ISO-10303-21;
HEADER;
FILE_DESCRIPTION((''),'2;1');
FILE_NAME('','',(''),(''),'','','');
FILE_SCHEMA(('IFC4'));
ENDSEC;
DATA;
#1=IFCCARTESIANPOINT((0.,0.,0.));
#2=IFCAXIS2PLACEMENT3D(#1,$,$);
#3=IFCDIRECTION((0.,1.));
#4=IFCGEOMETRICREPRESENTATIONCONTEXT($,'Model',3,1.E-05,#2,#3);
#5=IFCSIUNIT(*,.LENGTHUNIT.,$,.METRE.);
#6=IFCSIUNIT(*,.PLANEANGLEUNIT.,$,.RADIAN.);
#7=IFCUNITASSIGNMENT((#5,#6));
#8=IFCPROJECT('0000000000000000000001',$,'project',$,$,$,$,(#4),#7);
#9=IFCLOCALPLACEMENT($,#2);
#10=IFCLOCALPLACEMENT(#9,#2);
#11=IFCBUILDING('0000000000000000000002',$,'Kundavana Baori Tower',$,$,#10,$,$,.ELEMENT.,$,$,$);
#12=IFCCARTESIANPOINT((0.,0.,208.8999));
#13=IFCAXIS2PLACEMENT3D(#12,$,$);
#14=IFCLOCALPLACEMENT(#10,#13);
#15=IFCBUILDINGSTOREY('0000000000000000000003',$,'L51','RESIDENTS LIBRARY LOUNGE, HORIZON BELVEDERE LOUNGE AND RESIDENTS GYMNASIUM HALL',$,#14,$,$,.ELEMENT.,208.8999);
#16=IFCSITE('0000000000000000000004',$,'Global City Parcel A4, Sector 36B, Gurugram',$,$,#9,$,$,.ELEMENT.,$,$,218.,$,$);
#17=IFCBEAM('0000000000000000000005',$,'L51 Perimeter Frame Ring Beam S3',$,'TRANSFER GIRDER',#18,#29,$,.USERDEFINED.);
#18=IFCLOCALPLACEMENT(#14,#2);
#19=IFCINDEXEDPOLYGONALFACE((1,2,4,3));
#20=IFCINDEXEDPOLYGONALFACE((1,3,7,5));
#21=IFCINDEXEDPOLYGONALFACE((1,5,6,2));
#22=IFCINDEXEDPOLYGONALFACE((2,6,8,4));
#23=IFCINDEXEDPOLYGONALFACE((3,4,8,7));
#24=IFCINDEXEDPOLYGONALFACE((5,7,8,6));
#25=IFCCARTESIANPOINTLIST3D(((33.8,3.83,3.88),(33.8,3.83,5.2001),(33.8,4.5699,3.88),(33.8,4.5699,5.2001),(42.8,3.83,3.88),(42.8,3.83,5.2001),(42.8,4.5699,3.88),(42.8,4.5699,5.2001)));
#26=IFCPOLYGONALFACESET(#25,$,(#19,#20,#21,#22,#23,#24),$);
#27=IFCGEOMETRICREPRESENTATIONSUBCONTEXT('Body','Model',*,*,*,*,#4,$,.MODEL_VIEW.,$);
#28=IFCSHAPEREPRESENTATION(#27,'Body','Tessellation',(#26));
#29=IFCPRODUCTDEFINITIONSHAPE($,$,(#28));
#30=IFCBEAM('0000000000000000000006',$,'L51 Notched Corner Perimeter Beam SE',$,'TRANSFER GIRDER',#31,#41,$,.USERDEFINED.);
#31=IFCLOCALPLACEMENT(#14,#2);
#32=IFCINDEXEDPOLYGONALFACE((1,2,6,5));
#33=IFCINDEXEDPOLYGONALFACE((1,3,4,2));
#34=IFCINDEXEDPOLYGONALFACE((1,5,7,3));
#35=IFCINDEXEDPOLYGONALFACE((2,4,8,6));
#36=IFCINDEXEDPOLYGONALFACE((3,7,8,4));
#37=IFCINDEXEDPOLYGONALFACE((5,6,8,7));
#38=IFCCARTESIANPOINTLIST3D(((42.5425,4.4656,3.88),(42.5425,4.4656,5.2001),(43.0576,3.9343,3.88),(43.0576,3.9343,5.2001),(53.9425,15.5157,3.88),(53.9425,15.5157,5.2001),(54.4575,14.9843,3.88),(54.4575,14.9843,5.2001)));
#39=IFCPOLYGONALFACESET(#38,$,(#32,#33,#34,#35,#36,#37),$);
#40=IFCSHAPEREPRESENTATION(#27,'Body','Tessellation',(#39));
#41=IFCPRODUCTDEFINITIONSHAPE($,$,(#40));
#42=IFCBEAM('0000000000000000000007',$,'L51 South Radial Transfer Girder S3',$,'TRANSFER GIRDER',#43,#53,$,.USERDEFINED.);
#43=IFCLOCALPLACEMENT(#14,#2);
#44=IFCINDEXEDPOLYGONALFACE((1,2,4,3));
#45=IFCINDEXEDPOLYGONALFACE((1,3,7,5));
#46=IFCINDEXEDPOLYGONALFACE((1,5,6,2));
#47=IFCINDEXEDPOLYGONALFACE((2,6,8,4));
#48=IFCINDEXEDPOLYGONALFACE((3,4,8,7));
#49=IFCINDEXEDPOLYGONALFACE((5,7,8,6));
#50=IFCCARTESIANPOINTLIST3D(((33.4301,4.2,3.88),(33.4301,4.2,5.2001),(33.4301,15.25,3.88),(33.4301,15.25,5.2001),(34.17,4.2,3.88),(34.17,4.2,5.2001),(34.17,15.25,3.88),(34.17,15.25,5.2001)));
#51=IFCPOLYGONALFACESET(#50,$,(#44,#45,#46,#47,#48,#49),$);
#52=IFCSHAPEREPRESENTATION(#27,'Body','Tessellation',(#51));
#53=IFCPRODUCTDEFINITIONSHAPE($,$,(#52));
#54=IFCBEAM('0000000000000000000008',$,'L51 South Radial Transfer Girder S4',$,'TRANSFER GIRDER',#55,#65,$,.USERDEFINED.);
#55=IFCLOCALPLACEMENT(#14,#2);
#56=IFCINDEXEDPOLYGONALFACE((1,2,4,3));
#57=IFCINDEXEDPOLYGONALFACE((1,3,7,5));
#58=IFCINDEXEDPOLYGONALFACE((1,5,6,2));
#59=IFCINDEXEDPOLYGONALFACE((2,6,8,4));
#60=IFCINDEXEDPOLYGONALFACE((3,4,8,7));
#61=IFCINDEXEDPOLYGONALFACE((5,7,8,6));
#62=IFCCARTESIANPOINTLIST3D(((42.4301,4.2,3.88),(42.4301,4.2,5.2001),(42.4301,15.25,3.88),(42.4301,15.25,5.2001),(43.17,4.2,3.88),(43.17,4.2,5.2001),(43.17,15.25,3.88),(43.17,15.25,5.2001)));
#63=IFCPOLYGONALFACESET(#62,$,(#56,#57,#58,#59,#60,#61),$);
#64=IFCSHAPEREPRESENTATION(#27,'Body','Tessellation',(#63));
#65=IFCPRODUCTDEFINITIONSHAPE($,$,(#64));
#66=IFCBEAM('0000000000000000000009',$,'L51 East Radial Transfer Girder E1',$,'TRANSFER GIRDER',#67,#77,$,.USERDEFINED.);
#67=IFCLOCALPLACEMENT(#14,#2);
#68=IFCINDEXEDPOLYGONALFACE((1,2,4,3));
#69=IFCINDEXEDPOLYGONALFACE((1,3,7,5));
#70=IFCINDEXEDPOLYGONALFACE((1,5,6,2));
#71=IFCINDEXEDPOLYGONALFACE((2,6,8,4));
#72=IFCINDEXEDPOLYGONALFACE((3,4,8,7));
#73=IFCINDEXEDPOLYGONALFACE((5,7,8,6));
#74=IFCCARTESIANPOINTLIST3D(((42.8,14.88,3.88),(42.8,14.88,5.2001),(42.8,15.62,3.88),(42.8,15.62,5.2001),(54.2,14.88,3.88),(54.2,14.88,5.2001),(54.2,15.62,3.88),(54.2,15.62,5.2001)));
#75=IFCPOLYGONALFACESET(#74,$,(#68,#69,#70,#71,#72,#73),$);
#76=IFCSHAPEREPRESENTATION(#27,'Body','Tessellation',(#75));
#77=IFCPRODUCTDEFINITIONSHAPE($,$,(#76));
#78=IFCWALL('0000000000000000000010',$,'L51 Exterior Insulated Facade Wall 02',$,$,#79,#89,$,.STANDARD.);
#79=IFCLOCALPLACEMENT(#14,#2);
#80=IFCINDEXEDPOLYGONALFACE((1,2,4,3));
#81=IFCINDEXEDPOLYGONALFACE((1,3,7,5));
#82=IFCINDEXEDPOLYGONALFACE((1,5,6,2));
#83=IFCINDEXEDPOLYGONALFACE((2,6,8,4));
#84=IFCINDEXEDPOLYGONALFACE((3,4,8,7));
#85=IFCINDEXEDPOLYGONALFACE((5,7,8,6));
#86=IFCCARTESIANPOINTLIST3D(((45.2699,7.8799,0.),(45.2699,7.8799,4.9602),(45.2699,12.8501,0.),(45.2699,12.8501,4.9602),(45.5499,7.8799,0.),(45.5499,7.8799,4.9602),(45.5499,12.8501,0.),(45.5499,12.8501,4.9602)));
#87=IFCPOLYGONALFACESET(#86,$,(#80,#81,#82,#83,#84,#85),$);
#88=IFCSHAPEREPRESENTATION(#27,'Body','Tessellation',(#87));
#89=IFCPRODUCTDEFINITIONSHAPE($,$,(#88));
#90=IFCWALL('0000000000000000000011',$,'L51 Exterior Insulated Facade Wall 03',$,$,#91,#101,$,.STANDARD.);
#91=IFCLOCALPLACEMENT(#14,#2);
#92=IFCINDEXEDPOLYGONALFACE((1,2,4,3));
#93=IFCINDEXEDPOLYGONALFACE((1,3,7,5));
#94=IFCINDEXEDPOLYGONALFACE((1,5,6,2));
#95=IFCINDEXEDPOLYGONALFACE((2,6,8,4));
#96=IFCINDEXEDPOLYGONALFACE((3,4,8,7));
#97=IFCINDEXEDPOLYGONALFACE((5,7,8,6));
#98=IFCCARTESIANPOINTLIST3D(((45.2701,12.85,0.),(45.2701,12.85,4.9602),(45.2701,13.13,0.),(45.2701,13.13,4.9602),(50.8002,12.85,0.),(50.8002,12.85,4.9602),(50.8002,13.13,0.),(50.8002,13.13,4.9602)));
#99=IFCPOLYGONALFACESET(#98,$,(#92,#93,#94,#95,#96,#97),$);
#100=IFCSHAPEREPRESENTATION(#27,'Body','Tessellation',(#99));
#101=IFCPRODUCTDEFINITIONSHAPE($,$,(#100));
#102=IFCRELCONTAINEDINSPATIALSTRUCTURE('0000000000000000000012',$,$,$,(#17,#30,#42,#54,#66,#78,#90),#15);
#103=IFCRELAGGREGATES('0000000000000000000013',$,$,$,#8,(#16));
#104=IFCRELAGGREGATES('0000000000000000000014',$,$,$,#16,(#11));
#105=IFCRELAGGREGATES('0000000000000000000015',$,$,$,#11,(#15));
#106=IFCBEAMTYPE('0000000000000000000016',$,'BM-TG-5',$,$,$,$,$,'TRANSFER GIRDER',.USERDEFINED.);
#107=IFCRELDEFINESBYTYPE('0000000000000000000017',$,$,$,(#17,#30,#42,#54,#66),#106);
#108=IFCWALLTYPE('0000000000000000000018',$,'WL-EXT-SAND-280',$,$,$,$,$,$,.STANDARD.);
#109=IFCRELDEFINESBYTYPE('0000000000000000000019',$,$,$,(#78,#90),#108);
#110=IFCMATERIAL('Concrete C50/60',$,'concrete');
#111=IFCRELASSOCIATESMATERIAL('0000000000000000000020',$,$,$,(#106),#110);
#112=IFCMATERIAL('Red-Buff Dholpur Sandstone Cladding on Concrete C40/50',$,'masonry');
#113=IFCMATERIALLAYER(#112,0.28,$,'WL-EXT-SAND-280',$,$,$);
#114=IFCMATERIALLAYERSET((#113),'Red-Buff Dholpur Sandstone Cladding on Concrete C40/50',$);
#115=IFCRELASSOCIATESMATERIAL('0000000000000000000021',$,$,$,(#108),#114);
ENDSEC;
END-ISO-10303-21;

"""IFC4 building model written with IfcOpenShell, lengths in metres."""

from ifc_helpers import new_model, si_unit, direction, frame, frame_2d, origin, origin_2d, place, context, subcontext, project, spatial, rectangle, extrude, material, layer, layer_set, material_profile, profile_set, type_object, element, save


model = new_model("IFC4")

# Units and contexts
model_context = context("Model", 3, precision=1e-05, world=origin(), true_north=direction((0.0, 1.0)))
body_context = subcontext(model_context, "Body", "Model", "MODEL_VIEW")
ifc_project = project(units=[si_unit("LENGTHUNIT", "METRE"), si_unit("PLANEANGLEUNIT", "RADIAN")], contexts=[model_context])

# Site, building, storey
site_placement = place(None, origin())
site = spatial("IfcSite", under=ifc_project, at=site_placement, Name="Global City Parcel A4, Sector 36B, Gurugram", CompositionType="ELEMENT", RefElevation=218.0)
building_placement = place(site_placement, origin())
building = spatial("IfcBuilding", under=site, at=building_placement, Name="Kundavana Baori Tower", CompositionType="ELEMENT")
storey_placement = place(building_placement, frame((0.0, 0.0, 208.8999)))
storey = spatial("IfcBuildingStorey", under=building, at=storey_placement, Name="L51", Description="RESIDENTS LIBRARY LOUNGE, HORIZON BELVEDERE LOUNGE AND RESIDENTS GYMNASIUM HALL", CompositionType="ELEMENT", Elevation=208.8999)

# Beams
ifc_material_1 = material(Name="Concrete C50/60", Category="concrete")
ifc_material_profile_1 = material_profile(ifc_material_1, rectangle(XDim=0.74, YDim=1.3201, at=origin_2d()), Name="BM-TG-5")
ifc_profile_set_1 = profile_set([ifc_material_profile_1], Name="Concrete C50/60")
beam_type_1 = type_object("IfcBeamType", Name="BM-TG-5", ElementType="TRANSFER GIRDER", PredefinedType="USERDEFINED", material=ifc_profile_set_1)
beam_1_placement = place(storey_placement, frame((33.8, 4.2, 4.54), z_axis=(1.0, 0.0, 0.0), x_axis=(0.0, 1.0, 0.0)))
element("IfcBeam", 1, at=beam_1_placement, inside=storey, type_object=beam_type_1, Name="L51 Perimeter Frame Ring Beam S3", ObjectType="TRANSFER GIRDER", PredefinedType="USERDEFINED", context=body_context, shape_type="SweptSolid", body=[
    extrude(rectangle(XDim=0.74, YDim=1.3201, at=origin_2d()), origin(), (0.0, 0.0, 1.0), 9.0),
])
beam_2_placement = place(storey_placement, frame((42.8, 4.2, 4.54), z_axis=(0.718039, 0.696003, 0.0), x_axis=(-0.696003, 0.718039, 0.0)))
element("IfcBeam", 2, at=beam_2_placement, inside=storey, type_object=beam_type_1, Name="L51 Notched Corner Perimeter Beam SE", ObjectType="TRANSFER GIRDER", PredefinedType="USERDEFINED", context=body_context, shape_type="SweptSolid", body=[
    extrude(rectangle(XDim=0.74, YDim=1.3201, at=origin_2d()), origin(), (0.0, 0.0, 1.0), 15.8765),
])
for number, where, z_axis, x_axis, name in (
    (3, (33.8, 15.25, 4.54), (0.0, -1.0, 0.0), (1.0, 0.0, 0.0), "L51 South Radial Transfer Girder S3"),
    (4, (42.8, 15.25, 4.54), (0.0, -1.0, 0.0), (1.0, 0.0, 0.0), "L51 South Radial Transfer Girder S4"),
):
    element("IfcBeam", number, at=place(storey_placement, frame(where, z_axis=z_axis, x_axis=x_axis)), inside=storey, type_object=beam_type_1, Name=name, ObjectType="TRANSFER GIRDER", PredefinedType="USERDEFINED", context=body_context, shape_type="SweptSolid", body=[
        extrude(rectangle(XDim=0.74, YDim=1.3201, at=origin_2d()), origin(), (0.0, 0.0, 1.0), 11.05),
    ])
beam_3_placement = place(storey_placement, frame((42.8, 15.25, 4.54), z_axis=(1.0, 0.0, 0.0), x_axis=(0.0, 1.0, 0.0)))
element("IfcBeam", 5, at=beam_3_placement, inside=storey, type_object=beam_type_1, Name="L51 East Radial Transfer Girder E1", ObjectType="TRANSFER GIRDER", PredefinedType="USERDEFINED", context=body_context, shape_type="SweptSolid", body=[
    extrude(rectangle(XDim=0.74, YDim=1.3201, at=origin_2d()), origin(), (0.0, 0.0, 1.0), 11.3999),
])

# Walls
ifc_material_2 = material(Name="Red-Buff Dholpur Sandstone Cladding on Concrete C40/50", Category="masonry")
ifc_layer_1 = layer(ifc_material_2, 0.28, Name="WL-EXT-SAND-280")
ifc_layer_set_1 = layer_set([ifc_layer_1], Name="Red-Buff Dholpur Sandstone Cladding on Concrete C40/50")
wall_type_1 = type_object("IfcWallType", Name="WL-EXT-SAND-280", PredefinedType="STANDARD", material=ifc_layer_set_1)
wall_1_placement = place(storey_placement, frame((45.4099, 7.8799, 0.0), z_axis=(0.0, 0.0, 1.0), x_axis=(0.0, 1.0, 0.0)))
element("IfcWall", 6, at=wall_1_placement, inside=storey, type_object=wall_type_1, Name="L51 Exterior Insulated Facade Wall 02", PredefinedType="STANDARD", context=body_context, shape_type="SweptSolid", body=[
    extrude(rectangle(XDim=4.9702, YDim=0.28, at=frame_2d((2.4851, 0.0))), origin(), (0.0, 0.0, 1.0), 4.9602),
])
wall_2_placement = place(storey_placement, frame((45.27, 12.99, 0.0), z_axis=(0.0, 0.0, 1.0), x_axis=(1.0, 0.0, 0.0)))
element("IfcWall", 7, at=wall_2_placement, inside=storey, type_object=wall_type_1, Name="L51 Exterior Insulated Facade Wall 03", PredefinedType="STANDARD", context=body_context, shape_type="SweptSolid", body=[
    extrude(rectangle(XDim=5.53, YDim=0.28, at=frame_2d((2.7651, 0.0))), origin(), (0.0, 0.0, 1.0), 4.9602),
])

save(model, "model.ifc")
